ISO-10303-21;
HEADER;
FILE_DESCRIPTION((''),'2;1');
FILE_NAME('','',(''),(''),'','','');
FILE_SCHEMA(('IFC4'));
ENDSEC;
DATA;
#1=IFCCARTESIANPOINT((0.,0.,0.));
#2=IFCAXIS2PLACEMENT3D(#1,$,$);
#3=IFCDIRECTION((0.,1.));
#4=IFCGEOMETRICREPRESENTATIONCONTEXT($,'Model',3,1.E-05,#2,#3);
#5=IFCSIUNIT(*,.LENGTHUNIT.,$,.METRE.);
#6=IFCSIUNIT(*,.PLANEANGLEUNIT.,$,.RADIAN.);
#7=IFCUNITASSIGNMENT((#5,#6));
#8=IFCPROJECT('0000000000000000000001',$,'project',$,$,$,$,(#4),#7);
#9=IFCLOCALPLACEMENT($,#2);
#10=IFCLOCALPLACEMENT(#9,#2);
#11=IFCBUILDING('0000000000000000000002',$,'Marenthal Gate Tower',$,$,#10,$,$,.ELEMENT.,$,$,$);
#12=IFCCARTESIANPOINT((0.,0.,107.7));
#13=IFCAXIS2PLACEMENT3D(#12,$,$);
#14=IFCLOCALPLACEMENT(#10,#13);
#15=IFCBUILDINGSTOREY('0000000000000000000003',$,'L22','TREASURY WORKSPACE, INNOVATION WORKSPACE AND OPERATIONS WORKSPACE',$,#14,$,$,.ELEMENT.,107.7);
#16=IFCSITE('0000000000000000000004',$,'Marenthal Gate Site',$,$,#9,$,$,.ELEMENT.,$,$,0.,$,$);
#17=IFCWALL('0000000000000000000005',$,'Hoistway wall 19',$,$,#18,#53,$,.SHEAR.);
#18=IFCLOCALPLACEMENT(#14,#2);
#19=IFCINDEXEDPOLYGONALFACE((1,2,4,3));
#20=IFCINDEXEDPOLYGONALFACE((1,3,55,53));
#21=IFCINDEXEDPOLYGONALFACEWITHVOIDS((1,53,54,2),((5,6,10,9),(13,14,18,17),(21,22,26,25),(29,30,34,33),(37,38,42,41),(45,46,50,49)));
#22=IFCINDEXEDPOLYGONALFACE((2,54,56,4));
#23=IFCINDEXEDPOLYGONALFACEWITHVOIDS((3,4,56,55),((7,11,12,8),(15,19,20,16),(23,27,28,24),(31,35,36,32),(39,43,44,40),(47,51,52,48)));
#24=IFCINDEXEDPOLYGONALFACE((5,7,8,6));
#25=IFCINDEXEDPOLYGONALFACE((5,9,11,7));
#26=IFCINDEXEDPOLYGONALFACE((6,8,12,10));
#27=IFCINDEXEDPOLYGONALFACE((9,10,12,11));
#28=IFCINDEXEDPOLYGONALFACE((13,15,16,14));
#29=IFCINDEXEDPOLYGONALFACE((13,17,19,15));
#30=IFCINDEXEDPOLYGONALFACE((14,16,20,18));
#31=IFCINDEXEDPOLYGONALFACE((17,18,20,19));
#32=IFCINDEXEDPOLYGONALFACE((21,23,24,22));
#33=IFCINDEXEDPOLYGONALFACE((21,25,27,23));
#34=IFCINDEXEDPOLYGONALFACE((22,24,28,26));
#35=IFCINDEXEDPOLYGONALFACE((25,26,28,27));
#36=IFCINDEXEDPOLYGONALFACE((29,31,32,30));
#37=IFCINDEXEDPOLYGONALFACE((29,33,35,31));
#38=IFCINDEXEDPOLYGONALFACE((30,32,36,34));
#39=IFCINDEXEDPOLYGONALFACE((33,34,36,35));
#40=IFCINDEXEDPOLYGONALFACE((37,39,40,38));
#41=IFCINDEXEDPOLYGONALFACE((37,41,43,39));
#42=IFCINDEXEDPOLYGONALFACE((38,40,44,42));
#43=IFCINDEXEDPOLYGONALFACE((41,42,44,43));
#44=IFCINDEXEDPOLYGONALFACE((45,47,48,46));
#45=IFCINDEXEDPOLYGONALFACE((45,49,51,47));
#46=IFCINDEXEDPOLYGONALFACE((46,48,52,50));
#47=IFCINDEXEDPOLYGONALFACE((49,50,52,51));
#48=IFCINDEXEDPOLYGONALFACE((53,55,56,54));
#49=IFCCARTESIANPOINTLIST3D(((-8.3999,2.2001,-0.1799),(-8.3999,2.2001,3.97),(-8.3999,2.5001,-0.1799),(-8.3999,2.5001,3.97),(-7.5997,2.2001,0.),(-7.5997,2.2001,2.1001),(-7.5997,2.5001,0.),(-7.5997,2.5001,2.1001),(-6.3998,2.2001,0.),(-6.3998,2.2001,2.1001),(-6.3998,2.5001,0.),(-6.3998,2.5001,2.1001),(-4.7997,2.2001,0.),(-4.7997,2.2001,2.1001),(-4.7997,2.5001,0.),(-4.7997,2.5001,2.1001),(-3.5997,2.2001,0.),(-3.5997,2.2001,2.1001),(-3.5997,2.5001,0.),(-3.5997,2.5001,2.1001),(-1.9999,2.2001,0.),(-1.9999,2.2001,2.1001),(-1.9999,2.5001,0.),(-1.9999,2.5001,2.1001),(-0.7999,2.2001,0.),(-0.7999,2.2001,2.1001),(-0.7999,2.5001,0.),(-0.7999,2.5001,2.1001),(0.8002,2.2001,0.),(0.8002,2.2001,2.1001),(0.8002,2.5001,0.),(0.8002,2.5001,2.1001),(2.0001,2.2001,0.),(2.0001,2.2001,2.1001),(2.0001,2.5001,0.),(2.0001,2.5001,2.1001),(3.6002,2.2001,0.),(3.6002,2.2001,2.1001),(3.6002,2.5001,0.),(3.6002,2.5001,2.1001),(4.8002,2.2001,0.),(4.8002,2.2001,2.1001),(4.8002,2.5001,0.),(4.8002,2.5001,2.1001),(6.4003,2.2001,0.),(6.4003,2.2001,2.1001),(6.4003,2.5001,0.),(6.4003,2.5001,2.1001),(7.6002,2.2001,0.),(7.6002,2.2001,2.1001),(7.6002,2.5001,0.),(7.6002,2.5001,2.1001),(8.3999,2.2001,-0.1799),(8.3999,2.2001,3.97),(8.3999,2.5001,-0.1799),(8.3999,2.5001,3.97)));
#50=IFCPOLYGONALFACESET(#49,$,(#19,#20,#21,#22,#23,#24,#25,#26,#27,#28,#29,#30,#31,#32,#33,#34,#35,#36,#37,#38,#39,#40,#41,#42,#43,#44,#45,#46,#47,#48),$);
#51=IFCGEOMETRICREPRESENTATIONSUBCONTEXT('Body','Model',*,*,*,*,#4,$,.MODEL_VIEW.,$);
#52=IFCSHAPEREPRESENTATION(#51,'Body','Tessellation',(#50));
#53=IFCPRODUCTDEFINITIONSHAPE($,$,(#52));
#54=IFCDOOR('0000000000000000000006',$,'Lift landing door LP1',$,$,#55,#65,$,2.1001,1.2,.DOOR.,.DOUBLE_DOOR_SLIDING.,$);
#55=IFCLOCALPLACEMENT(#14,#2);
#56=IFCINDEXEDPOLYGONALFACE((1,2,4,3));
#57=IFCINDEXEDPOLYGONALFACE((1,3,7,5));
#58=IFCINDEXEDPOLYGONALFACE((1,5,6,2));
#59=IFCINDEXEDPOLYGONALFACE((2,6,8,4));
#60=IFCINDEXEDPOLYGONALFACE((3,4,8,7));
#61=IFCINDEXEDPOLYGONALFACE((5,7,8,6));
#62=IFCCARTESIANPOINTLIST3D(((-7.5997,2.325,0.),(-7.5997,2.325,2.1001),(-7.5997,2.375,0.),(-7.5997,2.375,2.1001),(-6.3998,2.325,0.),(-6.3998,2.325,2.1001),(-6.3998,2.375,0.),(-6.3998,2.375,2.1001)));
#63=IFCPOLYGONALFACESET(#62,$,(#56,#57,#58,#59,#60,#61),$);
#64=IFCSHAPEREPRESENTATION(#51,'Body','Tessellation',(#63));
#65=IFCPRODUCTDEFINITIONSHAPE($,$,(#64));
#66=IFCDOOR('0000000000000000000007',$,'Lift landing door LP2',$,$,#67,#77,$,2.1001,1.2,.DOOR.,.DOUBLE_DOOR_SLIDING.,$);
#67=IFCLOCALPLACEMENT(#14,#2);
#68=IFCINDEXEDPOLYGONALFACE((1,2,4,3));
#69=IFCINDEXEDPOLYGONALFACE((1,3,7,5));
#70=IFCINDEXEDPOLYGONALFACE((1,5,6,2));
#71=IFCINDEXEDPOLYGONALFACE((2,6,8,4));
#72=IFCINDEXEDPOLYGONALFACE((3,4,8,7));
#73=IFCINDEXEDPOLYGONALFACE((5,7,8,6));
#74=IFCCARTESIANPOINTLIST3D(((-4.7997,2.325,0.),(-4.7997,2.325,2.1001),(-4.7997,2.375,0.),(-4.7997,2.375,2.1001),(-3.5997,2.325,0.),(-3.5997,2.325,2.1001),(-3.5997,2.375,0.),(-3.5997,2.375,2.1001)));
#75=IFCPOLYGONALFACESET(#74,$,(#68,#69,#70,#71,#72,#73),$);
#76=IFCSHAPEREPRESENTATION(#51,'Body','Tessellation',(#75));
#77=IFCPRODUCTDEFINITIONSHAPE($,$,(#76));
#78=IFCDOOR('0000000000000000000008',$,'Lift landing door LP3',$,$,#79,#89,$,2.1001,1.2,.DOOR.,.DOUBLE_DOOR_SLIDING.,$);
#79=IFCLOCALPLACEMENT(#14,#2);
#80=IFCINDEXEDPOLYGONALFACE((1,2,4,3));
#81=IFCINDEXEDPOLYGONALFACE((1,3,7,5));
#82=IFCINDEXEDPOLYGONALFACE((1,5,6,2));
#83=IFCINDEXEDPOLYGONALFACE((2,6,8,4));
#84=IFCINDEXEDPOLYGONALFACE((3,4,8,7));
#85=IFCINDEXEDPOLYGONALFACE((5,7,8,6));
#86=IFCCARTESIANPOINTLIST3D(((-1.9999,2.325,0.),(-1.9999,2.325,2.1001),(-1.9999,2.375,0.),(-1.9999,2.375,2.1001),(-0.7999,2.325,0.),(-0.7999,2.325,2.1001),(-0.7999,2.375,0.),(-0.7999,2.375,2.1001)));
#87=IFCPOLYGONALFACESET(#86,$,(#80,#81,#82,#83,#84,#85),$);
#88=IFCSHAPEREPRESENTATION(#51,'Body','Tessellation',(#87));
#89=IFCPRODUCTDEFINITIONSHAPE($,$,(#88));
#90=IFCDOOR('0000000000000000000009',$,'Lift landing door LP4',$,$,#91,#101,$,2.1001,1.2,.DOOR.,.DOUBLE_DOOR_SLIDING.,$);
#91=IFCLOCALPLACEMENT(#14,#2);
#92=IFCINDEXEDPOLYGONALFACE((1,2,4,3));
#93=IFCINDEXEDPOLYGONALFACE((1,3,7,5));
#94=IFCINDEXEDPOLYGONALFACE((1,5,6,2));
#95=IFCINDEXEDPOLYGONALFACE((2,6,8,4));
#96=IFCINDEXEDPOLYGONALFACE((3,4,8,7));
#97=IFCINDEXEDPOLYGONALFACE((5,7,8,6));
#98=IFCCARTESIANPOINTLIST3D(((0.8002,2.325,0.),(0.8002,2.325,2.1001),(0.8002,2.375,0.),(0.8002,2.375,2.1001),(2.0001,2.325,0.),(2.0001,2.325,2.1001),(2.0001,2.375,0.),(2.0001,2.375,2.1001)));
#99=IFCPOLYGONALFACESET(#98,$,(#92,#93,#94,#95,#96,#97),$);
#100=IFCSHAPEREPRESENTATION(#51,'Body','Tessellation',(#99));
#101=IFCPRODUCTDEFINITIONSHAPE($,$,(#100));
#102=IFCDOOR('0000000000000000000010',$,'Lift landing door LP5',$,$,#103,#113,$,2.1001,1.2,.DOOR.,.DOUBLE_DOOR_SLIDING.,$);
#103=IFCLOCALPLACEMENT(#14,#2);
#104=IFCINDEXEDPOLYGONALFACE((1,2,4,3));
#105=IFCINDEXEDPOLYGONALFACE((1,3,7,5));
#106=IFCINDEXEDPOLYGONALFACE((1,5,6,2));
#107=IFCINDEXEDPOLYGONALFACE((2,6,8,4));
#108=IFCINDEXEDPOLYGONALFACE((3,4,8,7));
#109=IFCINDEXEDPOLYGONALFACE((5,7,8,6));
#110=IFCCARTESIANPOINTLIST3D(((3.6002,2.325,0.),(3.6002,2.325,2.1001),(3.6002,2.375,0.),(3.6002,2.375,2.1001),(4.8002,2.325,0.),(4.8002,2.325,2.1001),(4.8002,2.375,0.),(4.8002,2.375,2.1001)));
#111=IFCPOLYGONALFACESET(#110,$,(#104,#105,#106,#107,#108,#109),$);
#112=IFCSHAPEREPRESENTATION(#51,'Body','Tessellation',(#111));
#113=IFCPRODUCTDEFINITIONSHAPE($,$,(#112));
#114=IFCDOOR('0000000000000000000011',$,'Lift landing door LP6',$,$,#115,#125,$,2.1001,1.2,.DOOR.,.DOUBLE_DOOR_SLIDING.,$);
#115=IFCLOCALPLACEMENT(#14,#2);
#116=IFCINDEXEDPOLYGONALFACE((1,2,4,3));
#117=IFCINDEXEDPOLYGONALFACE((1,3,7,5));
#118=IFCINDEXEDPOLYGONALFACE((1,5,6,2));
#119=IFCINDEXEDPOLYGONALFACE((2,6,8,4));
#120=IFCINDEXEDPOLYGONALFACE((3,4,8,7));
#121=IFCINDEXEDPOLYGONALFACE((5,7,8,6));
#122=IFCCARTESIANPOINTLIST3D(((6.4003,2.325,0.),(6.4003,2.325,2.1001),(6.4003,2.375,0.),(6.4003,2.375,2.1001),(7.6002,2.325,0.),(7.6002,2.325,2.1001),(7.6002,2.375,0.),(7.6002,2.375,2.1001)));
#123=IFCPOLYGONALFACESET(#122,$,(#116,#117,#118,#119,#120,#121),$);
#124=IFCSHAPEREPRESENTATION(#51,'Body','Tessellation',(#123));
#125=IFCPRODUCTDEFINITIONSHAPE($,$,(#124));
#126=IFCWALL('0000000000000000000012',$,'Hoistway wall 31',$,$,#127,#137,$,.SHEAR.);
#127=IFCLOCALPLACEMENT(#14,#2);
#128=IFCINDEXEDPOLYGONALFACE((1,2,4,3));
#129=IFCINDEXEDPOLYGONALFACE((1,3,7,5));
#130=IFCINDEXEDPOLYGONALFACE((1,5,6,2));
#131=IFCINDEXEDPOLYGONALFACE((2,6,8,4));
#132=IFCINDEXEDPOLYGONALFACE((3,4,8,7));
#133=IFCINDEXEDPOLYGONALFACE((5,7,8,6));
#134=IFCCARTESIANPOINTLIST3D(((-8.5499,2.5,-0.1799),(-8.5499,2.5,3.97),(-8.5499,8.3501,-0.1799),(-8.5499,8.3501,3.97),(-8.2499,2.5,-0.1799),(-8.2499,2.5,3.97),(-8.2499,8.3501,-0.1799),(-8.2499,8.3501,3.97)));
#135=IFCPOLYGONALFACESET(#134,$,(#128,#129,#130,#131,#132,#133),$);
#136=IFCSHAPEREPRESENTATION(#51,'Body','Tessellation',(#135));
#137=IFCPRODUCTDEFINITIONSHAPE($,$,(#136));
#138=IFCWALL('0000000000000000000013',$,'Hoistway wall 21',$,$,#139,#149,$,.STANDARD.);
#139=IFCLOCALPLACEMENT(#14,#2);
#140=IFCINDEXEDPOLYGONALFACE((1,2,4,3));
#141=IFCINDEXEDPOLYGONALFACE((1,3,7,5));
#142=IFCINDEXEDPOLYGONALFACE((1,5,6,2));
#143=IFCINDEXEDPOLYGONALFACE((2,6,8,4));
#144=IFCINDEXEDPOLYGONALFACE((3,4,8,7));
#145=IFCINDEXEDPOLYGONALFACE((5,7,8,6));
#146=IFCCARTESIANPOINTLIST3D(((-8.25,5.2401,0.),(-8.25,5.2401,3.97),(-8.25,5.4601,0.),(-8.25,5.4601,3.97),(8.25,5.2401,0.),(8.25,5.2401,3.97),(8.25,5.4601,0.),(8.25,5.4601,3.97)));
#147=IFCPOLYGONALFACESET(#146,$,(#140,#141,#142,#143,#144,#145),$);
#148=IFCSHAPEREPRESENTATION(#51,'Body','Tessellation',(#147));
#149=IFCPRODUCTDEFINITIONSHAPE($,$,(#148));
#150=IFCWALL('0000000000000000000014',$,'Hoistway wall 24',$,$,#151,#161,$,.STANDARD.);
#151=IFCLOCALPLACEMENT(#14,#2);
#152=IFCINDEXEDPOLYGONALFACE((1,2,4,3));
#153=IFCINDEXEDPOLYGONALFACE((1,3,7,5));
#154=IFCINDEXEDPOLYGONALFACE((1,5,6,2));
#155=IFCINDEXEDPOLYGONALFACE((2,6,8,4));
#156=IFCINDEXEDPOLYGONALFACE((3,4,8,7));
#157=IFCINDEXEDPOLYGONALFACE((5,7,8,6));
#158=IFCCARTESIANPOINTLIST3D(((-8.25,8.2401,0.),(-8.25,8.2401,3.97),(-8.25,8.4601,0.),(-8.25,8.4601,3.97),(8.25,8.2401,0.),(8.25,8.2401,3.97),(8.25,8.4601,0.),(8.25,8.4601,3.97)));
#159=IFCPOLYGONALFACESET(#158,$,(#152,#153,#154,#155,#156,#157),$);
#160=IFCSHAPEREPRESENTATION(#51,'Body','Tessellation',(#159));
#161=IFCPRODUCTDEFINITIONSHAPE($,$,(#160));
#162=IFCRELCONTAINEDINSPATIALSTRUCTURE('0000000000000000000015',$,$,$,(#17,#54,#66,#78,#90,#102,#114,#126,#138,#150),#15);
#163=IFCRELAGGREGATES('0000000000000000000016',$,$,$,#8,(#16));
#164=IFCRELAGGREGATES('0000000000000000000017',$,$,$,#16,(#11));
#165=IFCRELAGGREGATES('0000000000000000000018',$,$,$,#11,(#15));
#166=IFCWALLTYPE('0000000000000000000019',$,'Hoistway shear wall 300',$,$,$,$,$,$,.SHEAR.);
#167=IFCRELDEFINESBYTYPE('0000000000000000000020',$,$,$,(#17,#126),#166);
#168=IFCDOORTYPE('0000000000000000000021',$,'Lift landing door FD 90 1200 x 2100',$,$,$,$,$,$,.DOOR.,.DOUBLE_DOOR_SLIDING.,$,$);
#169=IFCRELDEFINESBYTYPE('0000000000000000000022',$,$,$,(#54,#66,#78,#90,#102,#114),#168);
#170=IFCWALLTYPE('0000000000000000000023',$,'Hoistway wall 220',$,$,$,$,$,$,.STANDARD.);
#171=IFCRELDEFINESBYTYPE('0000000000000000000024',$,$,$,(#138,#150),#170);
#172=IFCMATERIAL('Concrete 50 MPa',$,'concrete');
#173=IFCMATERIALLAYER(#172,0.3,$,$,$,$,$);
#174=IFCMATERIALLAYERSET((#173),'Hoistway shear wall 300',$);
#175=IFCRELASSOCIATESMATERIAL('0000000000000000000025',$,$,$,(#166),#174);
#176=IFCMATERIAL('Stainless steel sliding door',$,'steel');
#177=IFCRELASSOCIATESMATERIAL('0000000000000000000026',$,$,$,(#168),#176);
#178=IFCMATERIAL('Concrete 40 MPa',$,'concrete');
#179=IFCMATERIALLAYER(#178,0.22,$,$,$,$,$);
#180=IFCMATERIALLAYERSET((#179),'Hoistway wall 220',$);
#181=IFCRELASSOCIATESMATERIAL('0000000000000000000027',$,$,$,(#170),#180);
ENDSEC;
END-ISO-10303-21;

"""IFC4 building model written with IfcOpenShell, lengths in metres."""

from ifc_helpers import new_model, si_unit, direction, frame, frame_2d, origin, place, context, subcontext, project, spatial, rectangle, extrude, material, layer, layer_set, type_object, element, fill, save


model = new_model("IFC4")

# Units and contexts
model_context = context("Model", 3, precision=1e-05, world=origin(), true_north=direction((0.0, 1.0)))
body_context = subcontext(model_context, "Body", "Model", "MODEL_VIEW")
ifc_project = project(units=[si_unit("LENGTHUNIT", "METRE"), si_unit("PLANEANGLEUNIT", "RADIAN")], contexts=[model_context])

# Site, building, storey
site_placement = place(None, origin())
site = spatial("IfcSite", under=ifc_project, at=site_placement, Name="Marenthal Gate Site", CompositionType="ELEMENT", RefElevation=0.0)
building_placement = place(site_placement, origin())
building = spatial("IfcBuilding", under=site, at=building_placement, Name="Marenthal Gate Tower", CompositionType="ELEMENT")
storey_placement = place(building_placement, frame((0.0, 0.0, 107.7)))
storey = spatial("IfcBuildingStorey", under=building, at=storey_placement, Name="L22", Description="TREASURY WORKSPACE, INNOVATION WORKSPACE AND OPERATIONS WORKSPACE", CompositionType="ELEMENT", Elevation=107.7)

# Wall, openings, doors
ifc_material_1 = material(Name="Concrete 50 MPa", Category="concrete")
ifc_layer_1 = layer(ifc_material_1, 0.3)
ifc_layer_set_1 = layer_set([ifc_layer_1], Name="Hoistway shear wall 300")
wall_type_1 = type_object("IfcWallType", Name="Hoistway shear wall 300", PredefinedType="SHEAR", material=ifc_layer_set_1)
wall_1_placement = place(storey_placement, frame((-8.3999, 2.3501, -0.1799), z_axis=(0.0, 0.0, 1.0), x_axis=(1.0, 0.0, 0.0)))
wall_1 = element("IfcWall", 1, at=wall_1_placement, inside=storey, type_object=wall_type_1, Name="Hoistway wall 19", PredefinedType="SHEAR", context=body_context, shape_type="SweptSolid", body=[
    extrude(rectangle(XDim=16.7998, YDim=0.3, at=frame_2d((8.3999, 0.0))), origin(), (0.0, 0.0, 1.0), 4.1499),
])
opening_1_placement = place(wall_1_placement, frame((0.8, 0.0, 0.1799)))
opening_1 = element("IfcOpeningElement", 2, at=opening_1_placement, cuts=wall_1, PredefinedType="OPENING", context=body_context, shape_type="SweptSolid", body=[
    extrude(rectangle(XDim=1.2, YDim=2.1001, at=frame_2d((0.6001, 1.05))), frame((0.0, 0.1602, 0.0), z_axis=(0.0, -1.0, 0.0), x_axis=(1.0, 0.0, 0.0)), (0.0, 0.0, 1.0), 0.3201),
])
opening_2_placement = place(wall_1_placement, frame((3.6001, 0.0, 0.1799)))
opening_2 = element("IfcOpeningElement", 3, at=opening_2_placement, cuts=wall_1, PredefinedType="OPENING", context=body_context, shape_type="SweptSolid", body=[
    extrude(rectangle(XDim=1.2, YDim=2.1001, at=frame_2d((0.6001, 1.05))), frame((0.0, 0.1602, 0.0), z_axis=(0.0, -1.0, 0.0), x_axis=(1.0, 0.0, 0.0)), (0.0, 0.0, 1.0), 0.3201),
])
opening_3_placement = place(wall_1_placement, frame((6.3999, 0.0, 0.1799)))
opening_3 = element("IfcOpeningElement", 4, at=opening_3_placement, cuts=wall_1, PredefinedType="OPENING", context=body_context, shape_type="SweptSolid", body=[
    extrude(rectangle(XDim=1.2, YDim=2.1001, at=frame_2d((0.6001, 1.05))), frame((0.0, 0.1602, 0.0), z_axis=(0.0, -1.0, 0.0), x_axis=(1.0, 0.0, 0.0)), (0.0, 0.0, 1.0), 0.3201),
])
opening_4_placement = place(wall_1_placement, frame((9.2, 0.0, 0.1799)))
opening_4 = element("IfcOpeningElement", 5, at=opening_4_placement, cuts=wall_1, PredefinedType="OPENING", context=body_context, shape_type="SweptSolid", body=[
    extrude(rectangle(XDim=1.2, YDim=2.1001, at=frame_2d((0.6001, 1.05))), frame((0.0, 0.1602, 0.0), z_axis=(0.0, -1.0, 0.0), x_axis=(1.0, 0.0, 0.0)), (0.0, 0.0, 1.0), 0.3201),
])
opening_5_placement = place(wall_1_placement, frame((12.0, 0.0, 0.1799)))
opening_5 = element("IfcOpeningElement", 6, at=opening_5_placement, cuts=wall_1, PredefinedType="OPENING", context=body_context, shape_type="SweptSolid", body=[
    extrude(rectangle(XDim=1.2, YDim=2.1001, at=frame_2d((0.6001, 1.05))), frame((0.0, 0.1602, 0.0), z_axis=(0.0, -1.0, 0.0), x_axis=(1.0, 0.0, 0.0)), (0.0, 0.0, 1.0), 0.3201),
])
opening_6_placement = place(wall_1_placement, frame((14.8, 0.0, 0.1799)))
opening_6 = element("IfcOpeningElement", 7, at=opening_6_placement, cuts=wall_1, PredefinedType="OPENING", context=body_context, shape_type="SweptSolid", body=[
    extrude(rectangle(XDim=1.2, YDim=2.1001, at=frame_2d((0.6001, 1.05))), frame((0.0, 0.1602, 0.0), z_axis=(0.0, -1.0, 0.0), x_axis=(1.0, 0.0, 0.0)), (0.0, 0.0, 1.0), 0.3201),
])
ifc_material_2 = material(Name="Stainless steel sliding door", Category="steel")
door_type_1 = type_object("IfcDoorType", Name="Lift landing door FD 90 1200 x 2100", OperationType="DOUBLE_DOOR_SLIDING", PredefinedType="DOOR", material=ifc_material_2)
door_1_placement = place(opening_1_placement, origin())
door_1 = element("IfcDoor", 8, at=door_1_placement, inside=storey, type_object=door_type_1, Name="Lift landing door LP1", OperationType="DOUBLE_DOOR_SLIDING", OverallHeight=2.1001, OverallWidth=1.2, PredefinedType="DOOR", context=body_context, shape_type="SweptSolid", body=[
    extrude(rectangle(XDim=1.2, YDim=2.1001, at=frame_2d((0.6001, 1.05))), frame((0.0, 0.0249, 0.0), z_axis=(0.0, -1.0, 0.0), x_axis=(1.0, 0.0, 0.0)), (0.0, 0.0, 1.0), 0.05),
])
fill(opening_1, door_1)
door_2_placement = place(opening_2_placement, origin())
door_2 = element("IfcDoor", 9, at=door_2_placement, inside=storey, type_object=door_type_1, Name="Lift landing door LP2", OperationType="DOUBLE_DOOR_SLIDING", OverallHeight=2.1001, OverallWidth=1.2, PredefinedType="DOOR", context=body_context, shape_type="SweptSolid", body=[
    extrude(rectangle(XDim=1.2, YDim=2.1001, at=frame_2d((0.6001, 1.05))), frame((0.0, 0.0249, 0.0), z_axis=(0.0, -1.0, 0.0), x_axis=(1.0, 0.0, 0.0)), (0.0, 0.0, 1.0), 0.05),
])
fill(opening_2, door_2)
door_3_placement = place(opening_3_placement, origin())
door_3 = element("IfcDoor", 10, at=door_3_placement, inside=storey, type_object=door_type_1, Name="Lift landing door LP3", OperationType="DOUBLE_DOOR_SLIDING", OverallHeight=2.1001, OverallWidth=1.2, PredefinedType="DOOR", context=body_context, shape_type="SweptSolid", body=[
    extrude(rectangle(XDim=1.2, YDim=2.1001, at=frame_2d((0.6001, 1.05))), frame((0.0, 0.0249, 0.0), z_axis=(0.0, -1.0, 0.0), x_axis=(1.0, 0.0, 0.0)), (0.0, 0.0, 1.0), 0.05),
])
fill(opening_3, door_3)
door_4_placement = place(opening_4_placement, origin())
door_4 = element("IfcDoor", 11, at=door_4_placement, inside=storey, type_object=door_type_1, Name="Lift landing door LP4", OperationType="DOUBLE_DOOR_SLIDING", OverallHeight=2.1001, OverallWidth=1.2, PredefinedType="DOOR", context=body_context, shape_type="SweptSolid", body=[
    extrude(rectangle(XDim=1.2, YDim=2.1001, at=frame_2d((0.6001, 1.05))), frame((0.0, 0.0249, 0.0), z_axis=(0.0, -1.0, 0.0), x_axis=(1.0, 0.0, 0.0)), (0.0, 0.0, 1.0), 0.05),
])
fill(opening_4, door_4)
door_5_placement = place(opening_5_placement, origin())
door_5 = element("IfcDoor", 12, at=door_5_placement, inside=storey, type_object=door_type_1, Name="Lift landing door LP5", OperationType="DOUBLE_DOOR_SLIDING", OverallHeight=2.1001, OverallWidth=1.2, PredefinedType="DOOR", context=body_context, shape_type="SweptSolid", body=[
    extrude(rectangle(XDim=1.2, YDim=2.1001, at=frame_2d((0.6001, 1.05))), frame((0.0, 0.0249, 0.0), z_axis=(0.0, -1.0, 0.0), x_axis=(1.0, 0.0, 0.0)), (0.0, 0.0, 1.0), 0.05),
])
fill(opening_5, door_5)
door_6_placement = place(opening_6_placement, origin())
door_6 = element("IfcDoor", 13, at=door_6_placement, inside=storey, type_object=door_type_1, Name="Lift landing door LP6", OperationType="DOUBLE_DOOR_SLIDING", OverallHeight=2.1001, OverallWidth=1.2, PredefinedType="DOOR", context=body_context, shape_type="SweptSolid", body=[
    extrude(rectangle(XDim=1.2, YDim=2.1001, at=frame_2d((0.6001, 1.05))), frame((0.0, 0.0249, 0.0), z_axis=(0.0, -1.0, 0.0), x_axis=(1.0, 0.0, 0.0)), (0.0, 0.0, 1.0), 0.05),
])
fill(opening_6, door_6)

# Walls
wall_2_placement = place(storey_placement, frame((-8.3999, 2.5, -0.1799), z_axis=(0.0, 0.0, 1.0), x_axis=(0.0, 1.0, 0.0)))
element("IfcWall", 14, at=wall_2_placement, inside=storey, type_object=wall_type_1, Name="Hoistway wall 31", PredefinedType="SHEAR", context=body_context, shape_type="SweptSolid", body=[
    extrude(rectangle(XDim=5.8501, YDim=0.3, at=frame_2d((2.925, 0.0))), origin(), (0.0, 0.0, 1.0), 4.1499),
])
ifc_material_3 = material(Name="Concrete 40 MPa", Category="concrete")
ifc_layer_2 = layer(ifc_material_3, 0.22)
ifc_layer_set_2 = layer_set([ifc_layer_2], Name="Hoistway wall 220")
wall_type_2 = type_object("IfcWallType", Name="Hoistway wall 220", PredefinedType="STANDARD", material=ifc_layer_set_2)
for number, where, z_axis, x_axis, name in (
    (15, (-8.25, 5.3501, 0.0), (0.0, 0.0, 1.0), (1.0, 0.0, 0.0), "Hoistway wall 21"),
    (16, (-8.25, 8.3501, 0.0), (0.0, 0.0, 1.0), (1.0, 0.0, 0.0), "Hoistway wall 24"),
):
    element("IfcWall", number, at=place(storey_placement, frame(where, z_axis=z_axis, x_axis=x_axis)), inside=storey, type_object=wall_type_2, Name=name, PredefinedType="STANDARD", context=body_context, shape_type="SweptSolid", body=[
        extrude(rectangle(XDim=16.5, YDim=0.22, at=frame_2d((8.25, 0.0))), origin(), (0.0, 0.0, 1.0), 3.97),
    ])

save(model, "model.ifc")
